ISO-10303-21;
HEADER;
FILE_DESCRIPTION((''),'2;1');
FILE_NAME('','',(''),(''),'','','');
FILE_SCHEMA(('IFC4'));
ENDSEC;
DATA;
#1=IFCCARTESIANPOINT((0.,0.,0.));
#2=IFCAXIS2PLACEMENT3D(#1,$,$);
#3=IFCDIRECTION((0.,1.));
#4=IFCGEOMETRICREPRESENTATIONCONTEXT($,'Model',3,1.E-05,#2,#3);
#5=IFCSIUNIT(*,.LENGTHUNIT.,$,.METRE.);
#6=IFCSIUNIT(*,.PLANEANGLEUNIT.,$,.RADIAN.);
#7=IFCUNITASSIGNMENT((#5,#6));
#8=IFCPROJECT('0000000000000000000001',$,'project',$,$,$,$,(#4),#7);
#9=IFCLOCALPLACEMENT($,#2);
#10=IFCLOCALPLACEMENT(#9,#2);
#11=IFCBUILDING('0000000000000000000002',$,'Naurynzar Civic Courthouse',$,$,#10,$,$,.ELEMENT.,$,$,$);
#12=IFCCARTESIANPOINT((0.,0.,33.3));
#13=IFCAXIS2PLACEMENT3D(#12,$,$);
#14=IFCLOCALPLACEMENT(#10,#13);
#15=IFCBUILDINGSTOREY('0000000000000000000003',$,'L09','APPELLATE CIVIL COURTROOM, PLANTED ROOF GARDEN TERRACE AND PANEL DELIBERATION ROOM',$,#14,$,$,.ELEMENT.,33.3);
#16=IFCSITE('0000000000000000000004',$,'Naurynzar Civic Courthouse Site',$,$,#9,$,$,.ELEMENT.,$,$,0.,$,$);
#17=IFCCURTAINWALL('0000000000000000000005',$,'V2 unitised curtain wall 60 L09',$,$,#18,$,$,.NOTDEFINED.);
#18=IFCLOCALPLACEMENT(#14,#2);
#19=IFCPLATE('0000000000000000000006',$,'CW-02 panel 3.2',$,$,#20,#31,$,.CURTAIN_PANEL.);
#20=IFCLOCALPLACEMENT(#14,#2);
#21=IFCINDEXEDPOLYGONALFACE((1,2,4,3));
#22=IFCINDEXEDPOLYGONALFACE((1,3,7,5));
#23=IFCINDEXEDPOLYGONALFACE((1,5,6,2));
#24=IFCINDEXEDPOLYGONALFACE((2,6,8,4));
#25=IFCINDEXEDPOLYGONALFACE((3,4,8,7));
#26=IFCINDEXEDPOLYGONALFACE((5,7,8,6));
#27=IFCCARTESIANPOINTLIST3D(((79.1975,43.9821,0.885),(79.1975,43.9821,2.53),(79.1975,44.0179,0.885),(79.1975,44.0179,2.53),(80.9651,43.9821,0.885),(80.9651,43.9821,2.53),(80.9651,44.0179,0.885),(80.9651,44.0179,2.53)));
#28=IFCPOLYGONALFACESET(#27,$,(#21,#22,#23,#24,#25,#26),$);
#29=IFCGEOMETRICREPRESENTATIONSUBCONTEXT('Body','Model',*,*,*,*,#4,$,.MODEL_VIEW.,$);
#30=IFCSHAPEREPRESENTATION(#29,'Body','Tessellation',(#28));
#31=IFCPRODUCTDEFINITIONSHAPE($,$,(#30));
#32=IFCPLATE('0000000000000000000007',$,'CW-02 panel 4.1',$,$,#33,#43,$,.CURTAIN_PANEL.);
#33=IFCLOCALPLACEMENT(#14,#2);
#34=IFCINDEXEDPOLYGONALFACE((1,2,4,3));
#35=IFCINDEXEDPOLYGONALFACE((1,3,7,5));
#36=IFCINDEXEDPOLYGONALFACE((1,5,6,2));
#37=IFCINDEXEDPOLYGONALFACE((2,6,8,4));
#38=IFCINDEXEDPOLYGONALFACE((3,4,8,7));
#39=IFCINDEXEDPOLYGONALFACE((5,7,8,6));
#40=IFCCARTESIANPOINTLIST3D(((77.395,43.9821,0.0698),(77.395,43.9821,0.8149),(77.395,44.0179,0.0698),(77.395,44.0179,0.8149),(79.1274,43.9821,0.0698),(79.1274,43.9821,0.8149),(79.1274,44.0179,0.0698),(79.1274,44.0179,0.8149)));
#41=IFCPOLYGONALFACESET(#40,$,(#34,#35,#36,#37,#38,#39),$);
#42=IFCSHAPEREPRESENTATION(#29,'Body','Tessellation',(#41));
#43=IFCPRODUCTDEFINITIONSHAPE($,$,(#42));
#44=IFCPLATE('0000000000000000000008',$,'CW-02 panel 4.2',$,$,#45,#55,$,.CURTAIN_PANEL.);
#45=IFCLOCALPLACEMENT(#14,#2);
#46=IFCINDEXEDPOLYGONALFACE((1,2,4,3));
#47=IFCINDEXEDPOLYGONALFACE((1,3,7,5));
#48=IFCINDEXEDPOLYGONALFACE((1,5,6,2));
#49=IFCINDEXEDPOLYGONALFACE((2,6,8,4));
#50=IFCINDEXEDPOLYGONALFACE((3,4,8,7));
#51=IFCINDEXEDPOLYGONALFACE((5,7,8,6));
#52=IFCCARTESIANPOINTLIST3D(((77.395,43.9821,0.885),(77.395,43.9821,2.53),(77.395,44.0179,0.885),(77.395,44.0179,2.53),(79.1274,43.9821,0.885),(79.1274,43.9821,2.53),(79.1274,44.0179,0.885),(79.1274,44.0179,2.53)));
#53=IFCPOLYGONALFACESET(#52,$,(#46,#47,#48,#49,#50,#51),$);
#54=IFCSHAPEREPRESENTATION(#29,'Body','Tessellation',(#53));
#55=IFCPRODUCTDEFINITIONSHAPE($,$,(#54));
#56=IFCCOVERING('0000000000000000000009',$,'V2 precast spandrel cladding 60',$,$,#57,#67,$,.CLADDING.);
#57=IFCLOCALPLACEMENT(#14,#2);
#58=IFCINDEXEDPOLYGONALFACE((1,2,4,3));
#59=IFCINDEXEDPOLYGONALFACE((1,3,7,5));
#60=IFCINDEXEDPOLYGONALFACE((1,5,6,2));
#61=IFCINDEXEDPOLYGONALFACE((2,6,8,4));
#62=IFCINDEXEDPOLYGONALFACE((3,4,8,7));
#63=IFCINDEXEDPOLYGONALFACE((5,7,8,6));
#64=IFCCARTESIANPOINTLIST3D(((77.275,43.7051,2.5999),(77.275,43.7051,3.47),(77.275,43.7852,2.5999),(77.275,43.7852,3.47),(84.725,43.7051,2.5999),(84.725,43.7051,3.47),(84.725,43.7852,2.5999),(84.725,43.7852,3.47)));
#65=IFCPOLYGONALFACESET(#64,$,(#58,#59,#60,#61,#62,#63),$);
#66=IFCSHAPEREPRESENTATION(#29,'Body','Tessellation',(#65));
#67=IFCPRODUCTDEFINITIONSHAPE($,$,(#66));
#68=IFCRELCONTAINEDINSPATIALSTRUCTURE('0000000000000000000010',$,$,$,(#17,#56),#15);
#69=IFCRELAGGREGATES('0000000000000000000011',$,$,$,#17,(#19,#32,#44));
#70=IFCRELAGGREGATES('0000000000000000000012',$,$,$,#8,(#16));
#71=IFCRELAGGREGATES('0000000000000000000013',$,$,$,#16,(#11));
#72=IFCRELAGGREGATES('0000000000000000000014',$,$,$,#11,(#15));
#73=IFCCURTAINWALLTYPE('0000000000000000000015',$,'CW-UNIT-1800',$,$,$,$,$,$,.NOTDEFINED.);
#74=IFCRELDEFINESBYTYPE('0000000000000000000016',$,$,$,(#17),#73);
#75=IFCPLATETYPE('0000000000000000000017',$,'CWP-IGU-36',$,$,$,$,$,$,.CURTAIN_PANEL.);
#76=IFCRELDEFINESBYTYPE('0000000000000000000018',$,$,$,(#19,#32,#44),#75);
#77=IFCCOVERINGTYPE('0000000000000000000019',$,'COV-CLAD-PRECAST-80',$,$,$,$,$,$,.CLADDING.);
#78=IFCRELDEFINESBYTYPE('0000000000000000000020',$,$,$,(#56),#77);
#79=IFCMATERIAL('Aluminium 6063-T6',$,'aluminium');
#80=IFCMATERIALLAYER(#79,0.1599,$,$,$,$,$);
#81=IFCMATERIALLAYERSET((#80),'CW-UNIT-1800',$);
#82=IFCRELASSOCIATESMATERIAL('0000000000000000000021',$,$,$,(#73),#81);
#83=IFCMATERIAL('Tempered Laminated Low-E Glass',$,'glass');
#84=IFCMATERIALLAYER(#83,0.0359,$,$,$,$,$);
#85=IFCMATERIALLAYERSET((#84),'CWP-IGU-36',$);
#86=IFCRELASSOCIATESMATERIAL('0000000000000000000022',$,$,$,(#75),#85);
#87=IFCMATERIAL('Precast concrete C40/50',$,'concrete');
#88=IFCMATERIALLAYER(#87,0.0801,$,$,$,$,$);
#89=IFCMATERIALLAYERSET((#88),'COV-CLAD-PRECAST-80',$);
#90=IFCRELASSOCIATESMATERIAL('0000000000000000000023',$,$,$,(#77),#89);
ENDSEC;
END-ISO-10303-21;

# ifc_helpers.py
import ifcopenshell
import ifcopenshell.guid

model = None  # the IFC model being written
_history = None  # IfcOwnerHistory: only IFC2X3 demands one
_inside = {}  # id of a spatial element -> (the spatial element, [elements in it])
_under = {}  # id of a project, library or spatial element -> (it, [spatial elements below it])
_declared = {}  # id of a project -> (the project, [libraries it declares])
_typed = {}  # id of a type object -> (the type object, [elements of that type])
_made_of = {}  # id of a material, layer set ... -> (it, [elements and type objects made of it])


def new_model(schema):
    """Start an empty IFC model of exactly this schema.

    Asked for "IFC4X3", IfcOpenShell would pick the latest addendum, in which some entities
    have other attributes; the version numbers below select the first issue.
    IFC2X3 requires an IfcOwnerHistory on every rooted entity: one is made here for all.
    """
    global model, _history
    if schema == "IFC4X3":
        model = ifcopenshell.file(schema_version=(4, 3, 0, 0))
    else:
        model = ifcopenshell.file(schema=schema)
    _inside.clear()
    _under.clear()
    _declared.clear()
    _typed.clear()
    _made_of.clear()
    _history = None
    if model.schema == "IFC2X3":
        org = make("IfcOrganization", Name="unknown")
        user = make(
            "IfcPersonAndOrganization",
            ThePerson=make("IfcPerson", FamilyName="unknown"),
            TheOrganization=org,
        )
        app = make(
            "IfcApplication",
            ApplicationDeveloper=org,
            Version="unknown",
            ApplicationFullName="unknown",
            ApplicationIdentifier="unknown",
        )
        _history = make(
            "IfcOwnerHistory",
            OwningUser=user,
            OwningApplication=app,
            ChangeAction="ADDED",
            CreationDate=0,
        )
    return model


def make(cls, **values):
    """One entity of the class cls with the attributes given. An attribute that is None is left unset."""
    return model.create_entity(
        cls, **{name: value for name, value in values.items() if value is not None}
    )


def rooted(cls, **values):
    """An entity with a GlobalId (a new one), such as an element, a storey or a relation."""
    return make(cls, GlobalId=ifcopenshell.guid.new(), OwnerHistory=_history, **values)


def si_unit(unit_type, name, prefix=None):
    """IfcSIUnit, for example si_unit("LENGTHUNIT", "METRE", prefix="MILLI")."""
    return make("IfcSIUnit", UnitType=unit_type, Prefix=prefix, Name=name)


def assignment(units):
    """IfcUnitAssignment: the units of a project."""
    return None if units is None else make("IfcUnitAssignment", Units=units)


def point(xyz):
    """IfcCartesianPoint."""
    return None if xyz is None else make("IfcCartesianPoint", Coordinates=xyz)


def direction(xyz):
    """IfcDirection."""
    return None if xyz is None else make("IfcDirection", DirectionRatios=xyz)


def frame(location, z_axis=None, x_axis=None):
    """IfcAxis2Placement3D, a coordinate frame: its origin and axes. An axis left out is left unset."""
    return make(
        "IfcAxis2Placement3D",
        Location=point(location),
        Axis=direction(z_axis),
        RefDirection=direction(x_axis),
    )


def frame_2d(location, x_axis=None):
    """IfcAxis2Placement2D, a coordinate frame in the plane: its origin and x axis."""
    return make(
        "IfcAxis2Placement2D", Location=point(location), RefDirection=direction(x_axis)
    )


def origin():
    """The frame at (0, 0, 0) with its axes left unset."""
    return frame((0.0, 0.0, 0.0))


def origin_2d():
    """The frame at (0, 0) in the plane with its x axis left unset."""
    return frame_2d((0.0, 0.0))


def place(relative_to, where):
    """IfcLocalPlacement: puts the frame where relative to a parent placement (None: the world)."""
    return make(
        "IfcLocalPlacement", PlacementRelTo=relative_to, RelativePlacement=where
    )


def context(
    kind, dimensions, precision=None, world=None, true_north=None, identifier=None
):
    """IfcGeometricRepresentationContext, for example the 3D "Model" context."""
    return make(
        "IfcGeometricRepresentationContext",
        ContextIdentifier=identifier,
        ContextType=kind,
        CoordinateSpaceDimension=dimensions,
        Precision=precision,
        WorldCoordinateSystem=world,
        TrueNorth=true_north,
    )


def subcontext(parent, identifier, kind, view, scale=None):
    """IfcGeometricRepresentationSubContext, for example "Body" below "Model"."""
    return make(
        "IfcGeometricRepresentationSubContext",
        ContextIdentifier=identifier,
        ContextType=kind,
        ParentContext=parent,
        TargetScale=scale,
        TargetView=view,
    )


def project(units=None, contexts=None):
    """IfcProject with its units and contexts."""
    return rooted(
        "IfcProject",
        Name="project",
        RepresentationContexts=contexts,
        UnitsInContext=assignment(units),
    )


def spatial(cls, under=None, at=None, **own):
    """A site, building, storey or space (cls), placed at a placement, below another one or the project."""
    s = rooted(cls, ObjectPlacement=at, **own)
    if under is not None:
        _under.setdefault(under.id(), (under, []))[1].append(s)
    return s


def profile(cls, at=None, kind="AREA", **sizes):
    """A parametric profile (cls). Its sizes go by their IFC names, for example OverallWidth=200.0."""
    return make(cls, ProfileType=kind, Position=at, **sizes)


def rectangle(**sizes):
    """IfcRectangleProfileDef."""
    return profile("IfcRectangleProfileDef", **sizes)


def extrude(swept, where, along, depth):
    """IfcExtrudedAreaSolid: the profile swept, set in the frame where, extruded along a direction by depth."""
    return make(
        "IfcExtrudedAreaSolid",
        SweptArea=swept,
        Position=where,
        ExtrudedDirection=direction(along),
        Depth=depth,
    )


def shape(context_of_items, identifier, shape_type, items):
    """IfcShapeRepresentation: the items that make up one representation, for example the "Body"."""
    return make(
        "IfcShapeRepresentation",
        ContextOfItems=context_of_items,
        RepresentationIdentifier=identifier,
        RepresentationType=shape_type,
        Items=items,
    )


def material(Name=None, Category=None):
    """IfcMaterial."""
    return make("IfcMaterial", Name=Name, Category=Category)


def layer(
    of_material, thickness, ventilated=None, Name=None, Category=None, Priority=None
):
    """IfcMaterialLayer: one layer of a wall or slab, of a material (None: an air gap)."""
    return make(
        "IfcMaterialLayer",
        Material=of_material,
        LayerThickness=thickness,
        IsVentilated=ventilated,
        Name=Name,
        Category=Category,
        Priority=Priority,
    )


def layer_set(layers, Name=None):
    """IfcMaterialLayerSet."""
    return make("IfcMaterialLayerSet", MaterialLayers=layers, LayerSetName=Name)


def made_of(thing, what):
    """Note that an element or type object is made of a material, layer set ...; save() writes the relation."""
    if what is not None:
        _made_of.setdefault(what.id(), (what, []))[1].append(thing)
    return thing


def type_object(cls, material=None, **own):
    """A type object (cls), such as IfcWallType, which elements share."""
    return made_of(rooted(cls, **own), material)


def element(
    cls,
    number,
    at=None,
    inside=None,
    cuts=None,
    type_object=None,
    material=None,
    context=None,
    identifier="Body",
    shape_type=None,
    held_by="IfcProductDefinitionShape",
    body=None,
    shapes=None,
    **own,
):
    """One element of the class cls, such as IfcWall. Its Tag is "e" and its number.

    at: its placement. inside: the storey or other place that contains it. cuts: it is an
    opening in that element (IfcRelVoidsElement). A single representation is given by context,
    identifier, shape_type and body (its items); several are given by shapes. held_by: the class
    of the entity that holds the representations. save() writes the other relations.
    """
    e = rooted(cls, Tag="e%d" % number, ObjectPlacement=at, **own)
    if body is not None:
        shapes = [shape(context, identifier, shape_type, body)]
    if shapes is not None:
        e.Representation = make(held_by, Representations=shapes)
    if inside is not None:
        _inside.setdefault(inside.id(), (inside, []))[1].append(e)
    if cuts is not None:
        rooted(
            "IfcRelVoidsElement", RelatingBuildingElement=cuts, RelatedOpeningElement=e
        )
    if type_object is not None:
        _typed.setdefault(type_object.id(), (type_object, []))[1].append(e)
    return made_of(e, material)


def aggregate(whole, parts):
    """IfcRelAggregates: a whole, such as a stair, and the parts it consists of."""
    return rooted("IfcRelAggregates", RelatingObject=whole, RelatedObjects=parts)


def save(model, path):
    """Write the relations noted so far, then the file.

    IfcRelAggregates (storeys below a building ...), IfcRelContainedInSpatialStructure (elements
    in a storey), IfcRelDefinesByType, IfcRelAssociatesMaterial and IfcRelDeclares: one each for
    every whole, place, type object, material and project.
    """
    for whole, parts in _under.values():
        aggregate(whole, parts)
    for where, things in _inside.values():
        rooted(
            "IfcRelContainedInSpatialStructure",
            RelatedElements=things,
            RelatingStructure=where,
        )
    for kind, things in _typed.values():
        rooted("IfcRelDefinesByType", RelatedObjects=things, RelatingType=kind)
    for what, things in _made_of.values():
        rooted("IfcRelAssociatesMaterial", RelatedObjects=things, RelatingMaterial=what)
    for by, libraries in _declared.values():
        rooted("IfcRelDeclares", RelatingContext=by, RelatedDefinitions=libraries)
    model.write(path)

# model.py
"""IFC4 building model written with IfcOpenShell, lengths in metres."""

from ifc_helpers import new_model, si_unit, direction, frame, origin, origin_2d, place, context, subcontext, project, spatial, rectangle, extrude, material, layer, layer_set, type_object, element, aggregate, save


model = new_model("IFC4")

# Units and contexts
model_context = context("Model", 3, precision=1e-05, world=origin(), true_north=direction((0.0, 1.0)))
body_context = subcontext(model_context, "Body", "Model", "MODEL_VIEW")
ifc_project = project(units=[si_unit("LENGTHUNIT", "METRE"), si_unit("PLANEANGLEUNIT", "RADIAN")], contexts=[model_context])

# Site, building, storey
site_placement = place(None, origin())
site = spatial("IfcSite", under=ifc_project, at=site_placement, Name="Naurynzar Civic Courthouse Site", CompositionType="ELEMENT", RefElevation=0.0)
building_placement = place(site_placement, origin())
building = spatial("IfcBuilding", under=site, at=building_placement, Name="Naurynzar Civic Courthouse", CompositionType="ELEMENT")
storey_placement = place(building_placement, frame((0.0, 0.0, 33.3)))
storey = spatial("IfcBuildingStorey", under=building, at=storey_placement, Name="L09", Description="APPELLATE CIVIL COURTROOM, PLANTED ROOF GARDEN TERRACE AND PANEL DELIBERATION ROOM", CompositionType="ELEMENT", Elevation=33.3)

# Curtain wall, plates
ifc_material_1 = material(Name="Aluminium 6063-T6", Category="aluminium")
ifc_layer_1 = layer(ifc_material_1, 0.1599)
ifc_layer_set_1 = layer_set([ifc_layer_1], Name="CW-UNIT-1800")
curtain_wall_type = type_object("IfcCurtainWallType", Name="CW-UNIT-1800", PredefinedType="NOTDEFINED", material=ifc_layer_set_1)
curtain_wall_placement = place(storey_placement, origin())
curtain_wall = element("IfcCurtainWall", 1, at=curtain_wall_placement, inside=storey, type_object=curtain_wall_type, Name="V2 unitised curtain wall 60 L09", PredefinedType="NOTDEFINED")
ifc_material_2 = material(Name="Tempered Laminated Low-E Glass", Category="glass")
ifc_layer_2 = layer(ifc_material_2, 0.0359)
ifc_layer_set_2 = layer_set([ifc_layer_2], Name="CWP-IGU-36")
plate_type = type_object("IfcPlateType", Name="CWP-IGU-36", PredefinedType="CURTAIN_PANEL", material=ifc_layer_set_2)
plate_1_placement = place(storey_placement, frame((80.0813, 44.0, 0.885), z_axis=(0.0, 0.0, 1.0), x_axis=(-1.0, 0.0, 0.0)))
plate_1 = element("IfcPlate", 2, at=plate_1_placement, type_object=plate_type, Name="CW-02 panel 3.2", PredefinedType="CURTAIN_PANEL", context=body_context, shape_type="SweptSolid", body=[
    extrude(rectangle(XDim=1.7676, YDim=0.0359, at=origin_2d()), origin(), (0.0, 0.0, 1.0), 1.645),
])
plate_2_placement = place(storey_placement, frame((78.2612, 44.0, 0.0698), z_axis=(0.0, 0.0, 1.0), x_axis=(-1.0, 0.0, 0.0)))
plate_2 = element("IfcPlate", 3, at=plate_2_placement, type_object=plate_type, Name="CW-02 panel 4.1", PredefinedType="CURTAIN_PANEL", context=body_context, shape_type="SweptSolid", body=[
    extrude(rectangle(XDim=1.7324, YDim=0.0359, at=origin_2d()), origin(), (0.0, 0.0, 1.0), 0.7451),
])
plate_3_placement = place(storey_placement, frame((78.2612, 44.0, 0.885), z_axis=(0.0, 0.0, 1.0), x_axis=(-1.0, 0.0, 0.0)))
plate_3 = element("IfcPlate", 4, at=plate_3_placement, type_object=plate_type, Name="CW-02 panel 4.2", PredefinedType="CURTAIN_PANEL", context=body_context, shape_type="SweptSolid", body=[
    extrude(rectangle(XDim=1.7324, YDim=0.0359, at=origin_2d()), origin(), (0.0, 0.0, 1.0), 1.645),
])
aggregate(curtain_wall, [plate_1, plate_2, plate_3])

# Covering
ifc_material_3 = material(Name="Precast concrete C40/50", Category="concrete")
ifc_layer_3 = layer(ifc_material_3, 0.0801)
ifc_layer_set_3 = layer_set([ifc_layer_3], Name="COV-CLAD-PRECAST-80")
covering_type = type_object("IfcCoveringType", Name="COV-CLAD-PRECAST-80", PredefinedType="CLADDING", material=ifc_layer_set_3)
covering_placement = place(storey_placement, frame((81.0, 43.7451, 2.5999), z_axis=(0.0, 0.0, 1.0), x_axis=(-1.0, 0.0, 0.0)))
element("IfcCovering", 5, at=covering_placement, inside=storey, type_object=covering_type, Name="V2 precast spandrel cladding 60", PredefinedType="CLADDING", context=body_context, shape_type="SweptSolid", body=[
    extrude(rectangle(XDim=7.45, YDim=0.0801, at=origin_2d()), origin(), (0.0, 0.0, 1.0), 0.8701),
])

save(model, "model.ifc")
